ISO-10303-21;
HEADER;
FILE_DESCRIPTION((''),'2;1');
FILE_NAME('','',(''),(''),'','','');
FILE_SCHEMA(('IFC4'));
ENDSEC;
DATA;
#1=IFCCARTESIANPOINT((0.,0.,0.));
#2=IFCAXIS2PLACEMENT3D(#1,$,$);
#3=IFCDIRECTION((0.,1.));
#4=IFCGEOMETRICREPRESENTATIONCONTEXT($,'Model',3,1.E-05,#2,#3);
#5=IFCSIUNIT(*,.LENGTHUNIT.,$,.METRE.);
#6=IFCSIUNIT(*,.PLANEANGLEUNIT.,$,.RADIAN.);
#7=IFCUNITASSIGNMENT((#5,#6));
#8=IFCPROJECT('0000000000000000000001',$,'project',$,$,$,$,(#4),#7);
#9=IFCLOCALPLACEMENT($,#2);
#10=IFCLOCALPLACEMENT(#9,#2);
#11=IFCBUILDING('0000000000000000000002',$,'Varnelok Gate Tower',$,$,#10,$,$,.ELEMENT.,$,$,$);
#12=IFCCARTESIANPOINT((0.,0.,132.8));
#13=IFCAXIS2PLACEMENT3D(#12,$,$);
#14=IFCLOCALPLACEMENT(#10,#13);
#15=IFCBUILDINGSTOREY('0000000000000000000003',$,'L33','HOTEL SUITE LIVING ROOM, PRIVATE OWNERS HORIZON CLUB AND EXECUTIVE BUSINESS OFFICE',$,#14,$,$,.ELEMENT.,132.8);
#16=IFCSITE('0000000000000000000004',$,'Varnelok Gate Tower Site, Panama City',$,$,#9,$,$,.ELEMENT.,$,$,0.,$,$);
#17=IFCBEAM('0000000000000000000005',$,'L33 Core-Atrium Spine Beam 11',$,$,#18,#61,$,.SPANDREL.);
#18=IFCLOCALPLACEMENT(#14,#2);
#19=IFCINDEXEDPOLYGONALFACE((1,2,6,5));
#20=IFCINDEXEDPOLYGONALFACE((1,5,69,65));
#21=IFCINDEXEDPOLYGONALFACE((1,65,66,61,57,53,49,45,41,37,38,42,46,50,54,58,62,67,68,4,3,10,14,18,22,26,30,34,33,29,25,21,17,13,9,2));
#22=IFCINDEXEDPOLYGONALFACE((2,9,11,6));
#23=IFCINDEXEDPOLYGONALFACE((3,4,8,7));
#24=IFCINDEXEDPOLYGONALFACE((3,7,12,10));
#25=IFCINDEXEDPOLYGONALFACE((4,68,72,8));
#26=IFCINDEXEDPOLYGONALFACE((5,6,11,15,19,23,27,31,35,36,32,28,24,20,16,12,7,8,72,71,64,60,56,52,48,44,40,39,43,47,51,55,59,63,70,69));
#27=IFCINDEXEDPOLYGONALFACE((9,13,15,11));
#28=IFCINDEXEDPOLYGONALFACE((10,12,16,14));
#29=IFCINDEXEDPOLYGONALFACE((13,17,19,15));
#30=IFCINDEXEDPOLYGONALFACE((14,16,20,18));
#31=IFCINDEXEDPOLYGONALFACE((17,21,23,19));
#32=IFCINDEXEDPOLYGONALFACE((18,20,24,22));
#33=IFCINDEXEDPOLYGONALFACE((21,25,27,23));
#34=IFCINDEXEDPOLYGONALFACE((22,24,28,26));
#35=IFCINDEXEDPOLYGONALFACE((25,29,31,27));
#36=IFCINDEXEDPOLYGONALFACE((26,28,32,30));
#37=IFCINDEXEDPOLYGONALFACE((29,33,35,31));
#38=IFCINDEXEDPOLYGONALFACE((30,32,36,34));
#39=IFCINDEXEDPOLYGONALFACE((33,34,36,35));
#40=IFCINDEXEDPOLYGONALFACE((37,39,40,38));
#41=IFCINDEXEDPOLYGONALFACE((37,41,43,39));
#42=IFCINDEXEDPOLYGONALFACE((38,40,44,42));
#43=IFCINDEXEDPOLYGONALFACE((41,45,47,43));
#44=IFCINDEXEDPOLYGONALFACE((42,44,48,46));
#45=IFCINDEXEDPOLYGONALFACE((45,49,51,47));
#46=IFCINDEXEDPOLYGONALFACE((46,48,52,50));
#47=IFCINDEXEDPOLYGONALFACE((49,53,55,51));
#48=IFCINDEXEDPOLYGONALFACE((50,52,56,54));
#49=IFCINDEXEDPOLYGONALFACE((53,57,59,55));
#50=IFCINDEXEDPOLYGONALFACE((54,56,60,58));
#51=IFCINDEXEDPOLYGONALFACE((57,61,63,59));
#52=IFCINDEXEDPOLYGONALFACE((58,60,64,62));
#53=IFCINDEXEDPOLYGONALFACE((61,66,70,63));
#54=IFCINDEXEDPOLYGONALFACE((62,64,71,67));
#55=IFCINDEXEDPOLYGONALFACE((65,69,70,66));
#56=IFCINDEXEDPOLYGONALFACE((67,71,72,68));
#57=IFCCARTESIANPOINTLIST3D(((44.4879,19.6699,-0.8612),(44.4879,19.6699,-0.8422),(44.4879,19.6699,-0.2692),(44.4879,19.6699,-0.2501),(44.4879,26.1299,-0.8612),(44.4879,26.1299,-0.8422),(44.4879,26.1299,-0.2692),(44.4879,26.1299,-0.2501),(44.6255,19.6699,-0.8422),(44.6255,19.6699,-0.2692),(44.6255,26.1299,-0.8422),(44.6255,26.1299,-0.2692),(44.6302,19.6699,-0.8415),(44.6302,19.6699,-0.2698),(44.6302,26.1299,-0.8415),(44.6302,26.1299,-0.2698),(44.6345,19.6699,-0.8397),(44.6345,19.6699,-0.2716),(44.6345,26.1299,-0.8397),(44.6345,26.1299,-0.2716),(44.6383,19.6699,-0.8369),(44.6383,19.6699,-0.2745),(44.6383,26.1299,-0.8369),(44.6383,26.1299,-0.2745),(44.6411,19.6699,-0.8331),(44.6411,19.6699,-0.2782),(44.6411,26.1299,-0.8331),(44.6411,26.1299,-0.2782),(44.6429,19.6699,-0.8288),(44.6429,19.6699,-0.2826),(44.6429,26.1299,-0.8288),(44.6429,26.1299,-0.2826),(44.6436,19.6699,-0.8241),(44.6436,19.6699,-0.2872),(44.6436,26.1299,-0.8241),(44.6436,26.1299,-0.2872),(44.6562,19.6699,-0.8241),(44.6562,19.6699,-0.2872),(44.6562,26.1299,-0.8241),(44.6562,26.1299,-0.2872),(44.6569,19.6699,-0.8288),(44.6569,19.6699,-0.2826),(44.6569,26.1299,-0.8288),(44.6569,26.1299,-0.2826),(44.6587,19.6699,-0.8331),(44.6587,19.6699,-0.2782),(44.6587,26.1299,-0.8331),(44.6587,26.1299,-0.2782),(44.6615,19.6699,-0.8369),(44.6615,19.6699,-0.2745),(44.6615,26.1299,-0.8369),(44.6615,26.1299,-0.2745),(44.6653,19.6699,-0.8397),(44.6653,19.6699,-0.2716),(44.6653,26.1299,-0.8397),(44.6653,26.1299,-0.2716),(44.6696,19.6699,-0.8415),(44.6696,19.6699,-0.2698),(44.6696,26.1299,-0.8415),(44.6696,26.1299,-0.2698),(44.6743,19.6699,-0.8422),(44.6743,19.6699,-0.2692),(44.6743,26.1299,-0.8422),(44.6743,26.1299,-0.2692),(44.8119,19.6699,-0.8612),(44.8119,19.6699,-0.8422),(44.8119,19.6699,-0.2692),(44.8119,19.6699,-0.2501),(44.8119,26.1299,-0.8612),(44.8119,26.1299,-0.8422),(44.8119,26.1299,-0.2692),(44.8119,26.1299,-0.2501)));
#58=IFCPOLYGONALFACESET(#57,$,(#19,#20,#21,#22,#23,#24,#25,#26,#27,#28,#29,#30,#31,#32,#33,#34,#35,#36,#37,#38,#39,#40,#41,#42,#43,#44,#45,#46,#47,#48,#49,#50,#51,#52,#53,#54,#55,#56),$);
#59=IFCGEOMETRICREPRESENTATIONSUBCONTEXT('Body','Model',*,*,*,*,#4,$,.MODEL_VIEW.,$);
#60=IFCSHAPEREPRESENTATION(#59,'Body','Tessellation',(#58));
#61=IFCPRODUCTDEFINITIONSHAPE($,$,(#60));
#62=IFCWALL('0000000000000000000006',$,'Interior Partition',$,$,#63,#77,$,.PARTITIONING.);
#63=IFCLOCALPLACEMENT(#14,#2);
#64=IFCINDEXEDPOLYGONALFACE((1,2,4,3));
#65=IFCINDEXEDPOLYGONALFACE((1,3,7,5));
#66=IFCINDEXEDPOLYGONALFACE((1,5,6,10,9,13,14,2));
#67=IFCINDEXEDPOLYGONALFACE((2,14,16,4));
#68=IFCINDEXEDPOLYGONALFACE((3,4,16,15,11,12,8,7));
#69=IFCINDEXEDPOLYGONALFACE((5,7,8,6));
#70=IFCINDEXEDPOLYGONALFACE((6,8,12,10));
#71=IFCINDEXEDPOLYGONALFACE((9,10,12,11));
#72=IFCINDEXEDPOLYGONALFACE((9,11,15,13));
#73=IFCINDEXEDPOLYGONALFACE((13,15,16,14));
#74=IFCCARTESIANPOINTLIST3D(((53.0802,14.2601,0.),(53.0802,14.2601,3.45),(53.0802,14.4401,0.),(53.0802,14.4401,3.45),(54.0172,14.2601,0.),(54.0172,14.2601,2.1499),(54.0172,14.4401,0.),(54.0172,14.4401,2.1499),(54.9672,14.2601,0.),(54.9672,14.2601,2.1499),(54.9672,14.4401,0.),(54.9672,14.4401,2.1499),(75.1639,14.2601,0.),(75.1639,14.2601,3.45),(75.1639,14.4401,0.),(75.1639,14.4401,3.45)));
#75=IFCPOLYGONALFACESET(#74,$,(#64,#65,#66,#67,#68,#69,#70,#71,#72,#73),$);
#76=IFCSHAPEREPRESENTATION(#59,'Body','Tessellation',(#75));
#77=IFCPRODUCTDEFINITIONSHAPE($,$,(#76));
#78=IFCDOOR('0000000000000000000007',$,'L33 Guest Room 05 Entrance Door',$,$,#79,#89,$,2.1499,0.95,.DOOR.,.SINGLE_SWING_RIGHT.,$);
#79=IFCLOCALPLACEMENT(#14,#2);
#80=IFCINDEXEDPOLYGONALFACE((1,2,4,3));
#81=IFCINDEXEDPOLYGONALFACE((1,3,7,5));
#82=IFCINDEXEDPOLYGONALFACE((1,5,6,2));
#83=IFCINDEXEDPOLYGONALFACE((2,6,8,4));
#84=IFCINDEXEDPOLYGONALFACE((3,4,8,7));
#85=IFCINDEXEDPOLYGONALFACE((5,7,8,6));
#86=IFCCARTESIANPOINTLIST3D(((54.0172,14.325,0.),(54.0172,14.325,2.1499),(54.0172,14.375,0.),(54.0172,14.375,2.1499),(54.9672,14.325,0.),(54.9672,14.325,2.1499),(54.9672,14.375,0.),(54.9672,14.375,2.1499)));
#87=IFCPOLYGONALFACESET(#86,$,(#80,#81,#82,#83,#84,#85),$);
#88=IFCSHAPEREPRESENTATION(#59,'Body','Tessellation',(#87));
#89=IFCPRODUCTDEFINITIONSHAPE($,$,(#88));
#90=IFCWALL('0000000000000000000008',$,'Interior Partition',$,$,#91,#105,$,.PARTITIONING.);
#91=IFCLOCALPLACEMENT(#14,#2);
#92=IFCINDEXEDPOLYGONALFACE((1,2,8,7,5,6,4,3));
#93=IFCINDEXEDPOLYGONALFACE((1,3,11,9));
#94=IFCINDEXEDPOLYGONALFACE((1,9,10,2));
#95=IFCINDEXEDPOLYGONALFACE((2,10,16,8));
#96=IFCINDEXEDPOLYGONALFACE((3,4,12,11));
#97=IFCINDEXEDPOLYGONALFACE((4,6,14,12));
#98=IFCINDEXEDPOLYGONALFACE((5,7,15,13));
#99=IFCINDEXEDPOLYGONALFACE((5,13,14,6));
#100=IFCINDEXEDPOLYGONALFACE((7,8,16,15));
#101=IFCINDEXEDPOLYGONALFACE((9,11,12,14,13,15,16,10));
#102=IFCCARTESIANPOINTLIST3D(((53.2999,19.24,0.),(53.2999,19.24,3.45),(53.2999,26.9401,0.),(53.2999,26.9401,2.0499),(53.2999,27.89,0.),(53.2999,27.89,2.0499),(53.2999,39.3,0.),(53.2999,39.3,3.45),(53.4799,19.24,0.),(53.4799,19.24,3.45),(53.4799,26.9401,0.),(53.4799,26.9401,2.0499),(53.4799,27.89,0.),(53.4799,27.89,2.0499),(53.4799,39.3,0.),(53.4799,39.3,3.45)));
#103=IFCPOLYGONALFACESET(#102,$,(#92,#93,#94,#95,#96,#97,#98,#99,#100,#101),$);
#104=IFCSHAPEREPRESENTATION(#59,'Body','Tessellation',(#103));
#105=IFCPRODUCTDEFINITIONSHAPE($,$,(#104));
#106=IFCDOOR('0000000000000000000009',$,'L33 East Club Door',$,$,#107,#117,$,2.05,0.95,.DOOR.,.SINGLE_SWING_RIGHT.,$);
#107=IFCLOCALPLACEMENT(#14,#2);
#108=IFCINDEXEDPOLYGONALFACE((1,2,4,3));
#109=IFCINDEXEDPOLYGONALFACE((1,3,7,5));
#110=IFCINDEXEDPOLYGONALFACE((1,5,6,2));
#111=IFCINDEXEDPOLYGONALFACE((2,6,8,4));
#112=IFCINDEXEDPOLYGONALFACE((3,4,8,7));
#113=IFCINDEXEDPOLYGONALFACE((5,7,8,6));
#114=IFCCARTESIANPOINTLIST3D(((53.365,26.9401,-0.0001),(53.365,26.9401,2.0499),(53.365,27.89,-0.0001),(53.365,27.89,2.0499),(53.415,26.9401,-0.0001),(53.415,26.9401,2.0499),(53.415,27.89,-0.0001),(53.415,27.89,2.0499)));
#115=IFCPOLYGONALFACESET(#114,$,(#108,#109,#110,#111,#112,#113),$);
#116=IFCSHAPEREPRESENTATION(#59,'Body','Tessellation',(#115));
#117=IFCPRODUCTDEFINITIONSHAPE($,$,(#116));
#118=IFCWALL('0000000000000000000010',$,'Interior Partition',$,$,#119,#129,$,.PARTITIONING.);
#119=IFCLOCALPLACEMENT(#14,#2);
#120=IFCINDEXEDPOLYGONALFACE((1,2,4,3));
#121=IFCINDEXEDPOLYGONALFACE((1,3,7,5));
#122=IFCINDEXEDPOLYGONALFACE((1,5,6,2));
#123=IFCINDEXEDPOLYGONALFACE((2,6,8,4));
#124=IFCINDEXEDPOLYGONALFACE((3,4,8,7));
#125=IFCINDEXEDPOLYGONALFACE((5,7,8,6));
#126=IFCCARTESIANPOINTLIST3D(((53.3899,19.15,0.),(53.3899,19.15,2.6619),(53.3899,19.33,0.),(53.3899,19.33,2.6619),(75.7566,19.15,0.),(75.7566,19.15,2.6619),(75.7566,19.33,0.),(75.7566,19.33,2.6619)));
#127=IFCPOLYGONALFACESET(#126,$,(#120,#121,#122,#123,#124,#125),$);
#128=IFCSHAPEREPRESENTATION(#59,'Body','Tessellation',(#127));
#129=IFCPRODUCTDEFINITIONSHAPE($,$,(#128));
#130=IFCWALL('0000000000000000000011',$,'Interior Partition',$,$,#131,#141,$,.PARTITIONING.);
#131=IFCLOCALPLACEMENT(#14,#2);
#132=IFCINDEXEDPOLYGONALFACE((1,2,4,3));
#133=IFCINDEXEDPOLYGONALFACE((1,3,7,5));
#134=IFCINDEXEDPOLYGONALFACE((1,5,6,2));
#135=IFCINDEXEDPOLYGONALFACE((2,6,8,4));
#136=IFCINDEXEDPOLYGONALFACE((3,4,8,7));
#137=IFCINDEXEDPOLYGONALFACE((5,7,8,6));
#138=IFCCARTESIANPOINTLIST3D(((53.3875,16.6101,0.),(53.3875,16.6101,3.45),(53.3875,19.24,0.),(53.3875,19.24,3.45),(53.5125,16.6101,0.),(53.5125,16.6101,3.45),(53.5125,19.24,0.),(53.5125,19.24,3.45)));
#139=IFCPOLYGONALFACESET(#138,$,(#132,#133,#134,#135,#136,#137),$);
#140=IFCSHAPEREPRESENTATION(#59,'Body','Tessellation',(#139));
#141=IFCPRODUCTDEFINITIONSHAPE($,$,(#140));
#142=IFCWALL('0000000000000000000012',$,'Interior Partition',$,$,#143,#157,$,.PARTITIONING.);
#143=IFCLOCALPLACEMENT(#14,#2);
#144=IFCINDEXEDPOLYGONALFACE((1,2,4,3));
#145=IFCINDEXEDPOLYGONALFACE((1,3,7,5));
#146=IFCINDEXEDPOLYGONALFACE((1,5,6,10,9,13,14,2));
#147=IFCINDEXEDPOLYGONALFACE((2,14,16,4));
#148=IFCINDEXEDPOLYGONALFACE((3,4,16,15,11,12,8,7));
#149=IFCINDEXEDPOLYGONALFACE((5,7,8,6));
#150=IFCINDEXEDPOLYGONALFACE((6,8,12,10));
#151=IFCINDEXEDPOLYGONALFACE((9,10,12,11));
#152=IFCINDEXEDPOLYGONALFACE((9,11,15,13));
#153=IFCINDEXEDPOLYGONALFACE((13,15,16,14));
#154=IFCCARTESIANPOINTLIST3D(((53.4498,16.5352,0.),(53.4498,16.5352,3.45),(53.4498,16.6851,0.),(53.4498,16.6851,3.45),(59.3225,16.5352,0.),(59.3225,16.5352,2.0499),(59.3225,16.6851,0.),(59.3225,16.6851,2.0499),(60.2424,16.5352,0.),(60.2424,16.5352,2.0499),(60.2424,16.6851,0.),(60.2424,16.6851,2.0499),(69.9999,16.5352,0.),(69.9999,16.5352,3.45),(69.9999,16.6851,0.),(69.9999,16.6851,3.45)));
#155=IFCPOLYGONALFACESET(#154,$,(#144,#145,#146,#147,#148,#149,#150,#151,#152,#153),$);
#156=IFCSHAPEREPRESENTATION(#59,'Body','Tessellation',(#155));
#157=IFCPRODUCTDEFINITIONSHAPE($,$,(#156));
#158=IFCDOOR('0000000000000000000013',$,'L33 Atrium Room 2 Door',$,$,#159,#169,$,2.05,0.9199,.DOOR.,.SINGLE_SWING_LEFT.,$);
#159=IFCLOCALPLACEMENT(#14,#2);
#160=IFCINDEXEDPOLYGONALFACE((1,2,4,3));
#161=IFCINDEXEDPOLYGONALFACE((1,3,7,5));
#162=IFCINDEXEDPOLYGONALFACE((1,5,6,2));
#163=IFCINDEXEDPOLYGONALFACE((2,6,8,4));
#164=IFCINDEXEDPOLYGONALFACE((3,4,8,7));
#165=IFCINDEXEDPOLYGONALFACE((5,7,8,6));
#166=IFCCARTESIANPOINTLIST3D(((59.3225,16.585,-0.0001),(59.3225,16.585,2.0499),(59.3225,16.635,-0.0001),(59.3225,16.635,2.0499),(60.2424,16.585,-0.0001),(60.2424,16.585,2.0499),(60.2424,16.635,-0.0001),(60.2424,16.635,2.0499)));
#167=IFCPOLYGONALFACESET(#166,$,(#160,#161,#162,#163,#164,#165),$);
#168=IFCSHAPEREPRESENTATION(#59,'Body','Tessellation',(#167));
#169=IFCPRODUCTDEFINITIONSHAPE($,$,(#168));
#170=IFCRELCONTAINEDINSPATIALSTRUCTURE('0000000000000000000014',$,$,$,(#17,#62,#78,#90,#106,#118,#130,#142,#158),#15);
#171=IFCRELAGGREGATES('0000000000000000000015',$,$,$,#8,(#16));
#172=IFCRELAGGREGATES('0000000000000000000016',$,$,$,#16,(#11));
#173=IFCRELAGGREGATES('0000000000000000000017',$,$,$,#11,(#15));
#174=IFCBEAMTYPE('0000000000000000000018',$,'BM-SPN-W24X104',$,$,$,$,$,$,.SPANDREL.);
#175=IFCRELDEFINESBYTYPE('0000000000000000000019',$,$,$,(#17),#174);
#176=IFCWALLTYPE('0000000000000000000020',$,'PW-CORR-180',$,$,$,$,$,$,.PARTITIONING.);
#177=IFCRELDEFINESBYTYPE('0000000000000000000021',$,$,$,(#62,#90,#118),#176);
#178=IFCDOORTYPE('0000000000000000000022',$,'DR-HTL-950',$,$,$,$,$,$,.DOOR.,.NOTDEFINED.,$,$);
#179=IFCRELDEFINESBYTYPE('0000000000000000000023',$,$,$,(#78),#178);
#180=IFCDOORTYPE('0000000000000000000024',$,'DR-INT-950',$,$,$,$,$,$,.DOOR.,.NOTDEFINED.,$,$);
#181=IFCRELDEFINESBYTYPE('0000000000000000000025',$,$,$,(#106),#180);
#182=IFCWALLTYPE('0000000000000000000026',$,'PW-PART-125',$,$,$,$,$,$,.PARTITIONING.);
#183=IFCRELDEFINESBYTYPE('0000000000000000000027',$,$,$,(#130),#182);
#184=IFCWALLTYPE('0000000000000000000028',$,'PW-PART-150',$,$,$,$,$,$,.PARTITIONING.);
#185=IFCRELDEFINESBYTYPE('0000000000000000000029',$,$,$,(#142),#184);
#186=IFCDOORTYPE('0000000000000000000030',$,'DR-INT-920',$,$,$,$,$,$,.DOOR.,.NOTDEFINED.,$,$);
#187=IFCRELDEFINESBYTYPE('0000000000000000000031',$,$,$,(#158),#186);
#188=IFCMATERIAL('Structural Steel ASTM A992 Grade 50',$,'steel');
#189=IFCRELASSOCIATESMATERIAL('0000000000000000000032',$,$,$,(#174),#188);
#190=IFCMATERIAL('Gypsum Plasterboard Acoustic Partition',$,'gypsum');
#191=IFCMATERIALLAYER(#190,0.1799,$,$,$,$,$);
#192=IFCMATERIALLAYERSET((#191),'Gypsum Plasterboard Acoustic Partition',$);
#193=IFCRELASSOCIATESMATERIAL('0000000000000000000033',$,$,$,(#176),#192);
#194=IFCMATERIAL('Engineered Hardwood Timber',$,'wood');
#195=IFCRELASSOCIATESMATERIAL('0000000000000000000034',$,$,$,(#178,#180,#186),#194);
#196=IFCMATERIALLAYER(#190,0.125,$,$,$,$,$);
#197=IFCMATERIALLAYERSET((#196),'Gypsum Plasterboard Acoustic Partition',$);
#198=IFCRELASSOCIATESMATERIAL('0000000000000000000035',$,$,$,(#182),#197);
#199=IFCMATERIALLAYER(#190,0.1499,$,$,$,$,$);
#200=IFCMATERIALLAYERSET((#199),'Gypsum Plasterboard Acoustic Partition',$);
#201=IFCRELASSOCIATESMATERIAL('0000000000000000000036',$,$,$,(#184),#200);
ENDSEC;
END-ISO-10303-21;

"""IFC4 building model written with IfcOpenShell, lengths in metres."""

from ifc_helpers import new_model, si_unit, direction, frame, frame_2d, origin, origin_2d, place, context, subcontext, project, spatial, rectangle, i_section, extrude, material, layer, layer_set, material_profile, profile_set, type_object, element, fill, save


model = new_model("IFC4")

# Units and contexts
model_context = context("Model", 3, precision=1e-05, world=origin(), true_north=direction((0.0, 1.0)))
body_context = subcontext(model_context, "Body", "Model", "MODEL_VIEW")
ifc_project = project(units=[si_unit("LENGTHUNIT", "METRE"), si_unit("PLANEANGLEUNIT", "RADIAN")], contexts=[model_context])

# Site, building, storey
site_placement = place(None, origin())
site = spatial("IfcSite", under=ifc_project, at=site_placement, Name="Varnelok Gate Tower Site, Panama City", CompositionType="ELEMENT", RefElevation=0.0)
building_placement = place(site_placement, origin())
building = spatial("IfcBuilding", under=site, at=building_placement, Name="Varnelok Gate Tower", CompositionType="ELEMENT")
storey_placement = place(building_placement, frame((0.0, 0.0, 132.8)))
storey = spatial("IfcBuildingStorey", under=building, at=storey_placement, Name="L33", Description="HOTEL SUITE LIVING ROOM, PRIVATE OWNERS HORIZON CLUB AND EXECUTIVE BUSINESS OFFICE", CompositionType="ELEMENT", Elevation=132.8)

# Shared definitions
ifc_material_1 = material(Name="Structural Steel ASTM A992 Grade 50", Category="steel")

# Beam
ifc_material_profile_1 = material_profile(ifc_material_1, i_section(OverallWidth=0.324, OverallDepth=0.6111, WebThickness=0.0127, FlangeThickness=0.019, FilletRadius=0.0181, at=origin_2d()), Name="W24X104")
ifc_profile_set_1 = profile_set([ifc_material_profile_1], Name="Structural Steel ASTM A992 Grade 50")
beam_type_1 = type_object("IfcBeamType", Name="BM-SPN-W24X104", PredefinedType="SPANDREL", material=ifc_profile_set_1)
beam_1_placement = place(storey_placement, frame((44.6499, 19.6699, -0.5557), z_axis=(0.0, 1.0, 0.0), x_axis=(-1.0, 0.0, 0.0)))
element("IfcBeam", 1, at=beam_1_placement, inside=storey, type_object=beam_type_1, Name="L33 Core-Atrium Spine Beam 11", PredefinedType="SPANDREL", context=body_context, shape_type="SweptSolid", body=[
    extrude(i_section(OverallWidth=0.324, OverallDepth=0.6111, WebThickness=0.0127, FlangeThickness=0.019, FilletRadius=0.0181, at=origin_2d()), origin(), (0.0, 0.0, 1.0), 6.46),
])

# Walls, openings, doors
ifc_material_2 = material(Name="Gypsum Plasterboard Acoustic Partition", Category="gypsum")
ifc_layer_1 = layer(ifc_material_2, 0.1799)
ifc_layer_set_1 = layer_set([ifc_layer_1], Name="Gypsum Plasterboard Acoustic Partition")
wall_type_1 = type_object("IfcWallType", Name="PW-CORR-180", PredefinedType="PARTITIONING", material=ifc_layer_set_1)
wall_1_placement = place(storey_placement, frame((53.0801, 14.3501, 0.0), z_axis=(0.0, 0.0, 1.0), x_axis=(1.0, 0.0, 0.0)))
wall_1 = element("IfcWall", 2, at=wall_1_placement, inside=storey, type_object=wall_type_1, Name="Interior Partition", PredefinedType="PARTITIONING", context=body_context, shape_type="SweptSolid", body=[
    extrude(rectangle(XDim=22.0837, YDim=0.1799, at=frame_2d((11.042, 0.0))), origin(), (0.0, 0.0, 1.0), 3.45),
])
opening_1_placement = place(wall_1_placement, frame((0.937, 0.0, 0.0)))
opening_1 = element("IfcOpeningElement", 3, at=opening_1_placement, cuts=wall_1, PredefinedType="OPENING", context=body_context, shape_type="SweptSolid", body=[
    extrude(rectangle(XDim=0.95, YDim=2.1499, at=frame_2d((0.4751, 1.075))), frame((0.0, 0.0999, 0.0), z_axis=(0.0, -1.0, 0.0), x_axis=(1.0, 0.0, 0.0)), (0.0, 0.0, 1.0), 0.2),
])
ifc_material_3 = material(Name="Engineered Hardwood Timber", Category="wood")
door_type_1 = type_object("IfcDoorType", Name="DR-HTL-950", OperationType="NOTDEFINED", PredefinedType="DOOR", material=ifc_material_3)
door_1_placement = place(opening_1_placement, origin())
door_1 = element("IfcDoor", 4, at=door_1_placement, inside=storey, type_object=door_type_1, Name="L33 Guest Room 05 Entrance Door", OperationType="SINGLE_SWING_RIGHT", OverallHeight=2.1499, OverallWidth=0.95, PredefinedType="DOOR", context=body_context, shape_type="SweptSolid", body=[
    extrude(rectangle(XDim=0.95, YDim=2.1499, at=frame_2d((0.4751, 1.075))), frame((0.0, 0.0249, 0.0), z_axis=(0.0, -1.0, 0.0), x_axis=(1.0, 0.0, 0.0)), (0.0, 0.0, 1.0), 0.05),
])
fill(opening_1, door_1)
wall_2_placement = place(storey_placement, frame((53.3899, 19.24, 0.0), z_axis=(0.0, 0.0, 1.0), x_axis=(0.0, 1.0, 0.0)))
wall_2 = element("IfcWall", 5, at=wall_2_placement, inside=storey, type_object=wall_type_1, Name="Interior Partition", PredefinedType="PARTITIONING", context=body_context, shape_type="SweptSolid", body=[
    extrude(rectangle(XDim=20.0601, YDim=0.1799, at=frame_2d((10.03, 0.0))), origin(), (0.0, 0.0, 1.0), 3.45),
])
opening_2_placement = place(wall_2_placement, frame((7.7, 0.0, 0.0)))
opening_2 = element("IfcOpeningElement", 6, at=opening_2_placement, cuts=wall_2, PredefinedType="OPENING", context=body_context, shape_type="SweptSolid", body=[
    extrude(rectangle(XDim=0.95, YDim=2.05, at=frame_2d((0.4751, 1.0249))), frame((0.0, 0.0999, 0.0), z_axis=(0.0, -1.0, 0.0), x_axis=(1.0, 0.0, 0.0)), (0.0, 0.0, 1.0), 0.2),
])
door_type_2 = type_object("IfcDoorType", Name="DR-INT-950", OperationType="NOTDEFINED", PredefinedType="DOOR", material=ifc_material_3)
door_2_placement = place(opening_2_placement, origin())
door_2 = element("IfcDoor", 7, at=door_2_placement, inside=storey, type_object=door_type_2, Name="L33 East Club Door", OperationType="SINGLE_SWING_RIGHT", OverallHeight=2.05, OverallWidth=0.95, PredefinedType="DOOR", context=body_context, shape_type="SweptSolid", body=[
    extrude(rectangle(XDim=0.95, YDim=2.05, at=frame_2d((0.4751, 1.0249))), frame((0.0, 0.0249, 0.0), z_axis=(0.0, -1.0, 0.0), x_axis=(1.0, 0.0, 0.0)), (0.0, 0.0, 1.0), 0.05),
])
fill(opening_2, door_2)

# Walls
wall_3_placement = place(storey_placement, frame((53.3899, 19.24, 0.0), z_axis=(0.0, 0.0, 1.0), x_axis=(1.0, 0.0, 0.0)))
element("IfcWall", 8, at=wall_3_placement, inside=storey, type_object=wall_type_1, Name="Interior Partition", PredefinedType="PARTITIONING", context=body_context, shape_type="SweptSolid", body=[
    extrude(rectangle(XDim=22.3667, YDim=0.1799, at=frame_2d((11.1833, 0.0))), origin(), (0.0, 0.0, 1.0), 2.6619),
])
ifc_layer_2 = layer(ifc_material_2, 0.125)
ifc_layer_set_2 = layer_set([ifc_layer_2], Name="Gypsum Plasterboard Acoustic Partition")
wall_type_2 = type_object("IfcWallType", Name="PW-PART-125", PredefinedType="PARTITIONING", material=ifc_layer_set_2)
wall_4_placement = place(storey_placement, frame((53.45, 16.6101, 0.0), z_axis=(0.0, 0.0, 1.0), x_axis=(0.0, 1.0, 0.0)))
element("IfcWall", 9, at=wall_4_placement, inside=storey, type_object=wall_type_2, Name="Interior Partition", PredefinedType="PARTITIONING", context=body_context, shape_type="SweptSolid", body=[
    extrude(rectangle(XDim=2.6299, YDim=0.125, at=frame_2d((1.3149, 0.0))), origin(), (0.0, 0.0, 1.0), 3.45),
])

# Wall, opening, door
ifc_layer_3 = layer(ifc_material_2, 0.1499)
ifc_layer_set_3 = layer_set([ifc_layer_3], Name="Gypsum Plasterboard Acoustic Partition")
wall_type_3 = type_object("IfcWallType", Name="PW-PART-150", PredefinedType="PARTITIONING", material=ifc_layer_set_3)
wall_5_placement = place(storey_placement, frame((53.45, 16.6101, 0.0), z_axis=(0.0, 0.0, 1.0), x_axis=(1.0, 0.0, 0.0)))
wall_5 = element("IfcWall", 10, at=wall_5_placement, inside=storey, type_object=wall_type_3, Name="Interior Partition", PredefinedType="PARTITIONING", context=body_context, shape_type="SweptSolid", body=[
    extrude(rectangle(XDim=16.55, YDim=0.1499, at=frame_2d((8.2749, 0.0))), origin(), (0.0, 0.0, 1.0), 3.45),
])
opening_3_placement = place(wall_5_placement, frame((5.8726, 0.0, 0.0)))
opening_3 = element("IfcOpeningElement", 11, at=opening_3_placement, cuts=wall_5, PredefinedType="OPENING", context=body_context, shape_type="SweptSolid", body=[
    extrude(rectangle(XDim=0.9199, YDim=2.05, at=frame_2d((0.46, 1.0249))), frame((0.0, 0.085, 0.0), z_axis=(0.0, -1.0, 0.0), x_axis=(1.0, 0.0, 0.0)), (0.0, 0.0, 1.0), 0.1699),
])
door_type_3 = type_object("IfcDoorType", Name="DR-INT-920", OperationType="NOTDEFINED", PredefinedType="DOOR", material=ifc_material_3)
door_3_placement = place(opening_3_placement, origin())
door_3 = element("IfcDoor", 12, at=door_3_placement, inside=storey, type_object=door_type_3, Name="L33 Atrium Room 2 Door", OperationType="SINGLE_SWING_LEFT", OverallHeight=2.05, OverallWidth=0.9199, PredefinedType="DOOR", context=body_context, shape_type="SweptSolid", body=[
    extrude(rectangle(XDim=0.9199, YDim=2.05, at=frame_2d((0.46, 1.0249))), frame((0.0, 0.0249, 0.0), z_axis=(0.0, -1.0, 0.0), x_axis=(1.0, 0.0, 0.0)), (0.0, 0.0, 1.0), 0.05),
])
fill(opening_3, door_3)

save(model, "model.ifc")
